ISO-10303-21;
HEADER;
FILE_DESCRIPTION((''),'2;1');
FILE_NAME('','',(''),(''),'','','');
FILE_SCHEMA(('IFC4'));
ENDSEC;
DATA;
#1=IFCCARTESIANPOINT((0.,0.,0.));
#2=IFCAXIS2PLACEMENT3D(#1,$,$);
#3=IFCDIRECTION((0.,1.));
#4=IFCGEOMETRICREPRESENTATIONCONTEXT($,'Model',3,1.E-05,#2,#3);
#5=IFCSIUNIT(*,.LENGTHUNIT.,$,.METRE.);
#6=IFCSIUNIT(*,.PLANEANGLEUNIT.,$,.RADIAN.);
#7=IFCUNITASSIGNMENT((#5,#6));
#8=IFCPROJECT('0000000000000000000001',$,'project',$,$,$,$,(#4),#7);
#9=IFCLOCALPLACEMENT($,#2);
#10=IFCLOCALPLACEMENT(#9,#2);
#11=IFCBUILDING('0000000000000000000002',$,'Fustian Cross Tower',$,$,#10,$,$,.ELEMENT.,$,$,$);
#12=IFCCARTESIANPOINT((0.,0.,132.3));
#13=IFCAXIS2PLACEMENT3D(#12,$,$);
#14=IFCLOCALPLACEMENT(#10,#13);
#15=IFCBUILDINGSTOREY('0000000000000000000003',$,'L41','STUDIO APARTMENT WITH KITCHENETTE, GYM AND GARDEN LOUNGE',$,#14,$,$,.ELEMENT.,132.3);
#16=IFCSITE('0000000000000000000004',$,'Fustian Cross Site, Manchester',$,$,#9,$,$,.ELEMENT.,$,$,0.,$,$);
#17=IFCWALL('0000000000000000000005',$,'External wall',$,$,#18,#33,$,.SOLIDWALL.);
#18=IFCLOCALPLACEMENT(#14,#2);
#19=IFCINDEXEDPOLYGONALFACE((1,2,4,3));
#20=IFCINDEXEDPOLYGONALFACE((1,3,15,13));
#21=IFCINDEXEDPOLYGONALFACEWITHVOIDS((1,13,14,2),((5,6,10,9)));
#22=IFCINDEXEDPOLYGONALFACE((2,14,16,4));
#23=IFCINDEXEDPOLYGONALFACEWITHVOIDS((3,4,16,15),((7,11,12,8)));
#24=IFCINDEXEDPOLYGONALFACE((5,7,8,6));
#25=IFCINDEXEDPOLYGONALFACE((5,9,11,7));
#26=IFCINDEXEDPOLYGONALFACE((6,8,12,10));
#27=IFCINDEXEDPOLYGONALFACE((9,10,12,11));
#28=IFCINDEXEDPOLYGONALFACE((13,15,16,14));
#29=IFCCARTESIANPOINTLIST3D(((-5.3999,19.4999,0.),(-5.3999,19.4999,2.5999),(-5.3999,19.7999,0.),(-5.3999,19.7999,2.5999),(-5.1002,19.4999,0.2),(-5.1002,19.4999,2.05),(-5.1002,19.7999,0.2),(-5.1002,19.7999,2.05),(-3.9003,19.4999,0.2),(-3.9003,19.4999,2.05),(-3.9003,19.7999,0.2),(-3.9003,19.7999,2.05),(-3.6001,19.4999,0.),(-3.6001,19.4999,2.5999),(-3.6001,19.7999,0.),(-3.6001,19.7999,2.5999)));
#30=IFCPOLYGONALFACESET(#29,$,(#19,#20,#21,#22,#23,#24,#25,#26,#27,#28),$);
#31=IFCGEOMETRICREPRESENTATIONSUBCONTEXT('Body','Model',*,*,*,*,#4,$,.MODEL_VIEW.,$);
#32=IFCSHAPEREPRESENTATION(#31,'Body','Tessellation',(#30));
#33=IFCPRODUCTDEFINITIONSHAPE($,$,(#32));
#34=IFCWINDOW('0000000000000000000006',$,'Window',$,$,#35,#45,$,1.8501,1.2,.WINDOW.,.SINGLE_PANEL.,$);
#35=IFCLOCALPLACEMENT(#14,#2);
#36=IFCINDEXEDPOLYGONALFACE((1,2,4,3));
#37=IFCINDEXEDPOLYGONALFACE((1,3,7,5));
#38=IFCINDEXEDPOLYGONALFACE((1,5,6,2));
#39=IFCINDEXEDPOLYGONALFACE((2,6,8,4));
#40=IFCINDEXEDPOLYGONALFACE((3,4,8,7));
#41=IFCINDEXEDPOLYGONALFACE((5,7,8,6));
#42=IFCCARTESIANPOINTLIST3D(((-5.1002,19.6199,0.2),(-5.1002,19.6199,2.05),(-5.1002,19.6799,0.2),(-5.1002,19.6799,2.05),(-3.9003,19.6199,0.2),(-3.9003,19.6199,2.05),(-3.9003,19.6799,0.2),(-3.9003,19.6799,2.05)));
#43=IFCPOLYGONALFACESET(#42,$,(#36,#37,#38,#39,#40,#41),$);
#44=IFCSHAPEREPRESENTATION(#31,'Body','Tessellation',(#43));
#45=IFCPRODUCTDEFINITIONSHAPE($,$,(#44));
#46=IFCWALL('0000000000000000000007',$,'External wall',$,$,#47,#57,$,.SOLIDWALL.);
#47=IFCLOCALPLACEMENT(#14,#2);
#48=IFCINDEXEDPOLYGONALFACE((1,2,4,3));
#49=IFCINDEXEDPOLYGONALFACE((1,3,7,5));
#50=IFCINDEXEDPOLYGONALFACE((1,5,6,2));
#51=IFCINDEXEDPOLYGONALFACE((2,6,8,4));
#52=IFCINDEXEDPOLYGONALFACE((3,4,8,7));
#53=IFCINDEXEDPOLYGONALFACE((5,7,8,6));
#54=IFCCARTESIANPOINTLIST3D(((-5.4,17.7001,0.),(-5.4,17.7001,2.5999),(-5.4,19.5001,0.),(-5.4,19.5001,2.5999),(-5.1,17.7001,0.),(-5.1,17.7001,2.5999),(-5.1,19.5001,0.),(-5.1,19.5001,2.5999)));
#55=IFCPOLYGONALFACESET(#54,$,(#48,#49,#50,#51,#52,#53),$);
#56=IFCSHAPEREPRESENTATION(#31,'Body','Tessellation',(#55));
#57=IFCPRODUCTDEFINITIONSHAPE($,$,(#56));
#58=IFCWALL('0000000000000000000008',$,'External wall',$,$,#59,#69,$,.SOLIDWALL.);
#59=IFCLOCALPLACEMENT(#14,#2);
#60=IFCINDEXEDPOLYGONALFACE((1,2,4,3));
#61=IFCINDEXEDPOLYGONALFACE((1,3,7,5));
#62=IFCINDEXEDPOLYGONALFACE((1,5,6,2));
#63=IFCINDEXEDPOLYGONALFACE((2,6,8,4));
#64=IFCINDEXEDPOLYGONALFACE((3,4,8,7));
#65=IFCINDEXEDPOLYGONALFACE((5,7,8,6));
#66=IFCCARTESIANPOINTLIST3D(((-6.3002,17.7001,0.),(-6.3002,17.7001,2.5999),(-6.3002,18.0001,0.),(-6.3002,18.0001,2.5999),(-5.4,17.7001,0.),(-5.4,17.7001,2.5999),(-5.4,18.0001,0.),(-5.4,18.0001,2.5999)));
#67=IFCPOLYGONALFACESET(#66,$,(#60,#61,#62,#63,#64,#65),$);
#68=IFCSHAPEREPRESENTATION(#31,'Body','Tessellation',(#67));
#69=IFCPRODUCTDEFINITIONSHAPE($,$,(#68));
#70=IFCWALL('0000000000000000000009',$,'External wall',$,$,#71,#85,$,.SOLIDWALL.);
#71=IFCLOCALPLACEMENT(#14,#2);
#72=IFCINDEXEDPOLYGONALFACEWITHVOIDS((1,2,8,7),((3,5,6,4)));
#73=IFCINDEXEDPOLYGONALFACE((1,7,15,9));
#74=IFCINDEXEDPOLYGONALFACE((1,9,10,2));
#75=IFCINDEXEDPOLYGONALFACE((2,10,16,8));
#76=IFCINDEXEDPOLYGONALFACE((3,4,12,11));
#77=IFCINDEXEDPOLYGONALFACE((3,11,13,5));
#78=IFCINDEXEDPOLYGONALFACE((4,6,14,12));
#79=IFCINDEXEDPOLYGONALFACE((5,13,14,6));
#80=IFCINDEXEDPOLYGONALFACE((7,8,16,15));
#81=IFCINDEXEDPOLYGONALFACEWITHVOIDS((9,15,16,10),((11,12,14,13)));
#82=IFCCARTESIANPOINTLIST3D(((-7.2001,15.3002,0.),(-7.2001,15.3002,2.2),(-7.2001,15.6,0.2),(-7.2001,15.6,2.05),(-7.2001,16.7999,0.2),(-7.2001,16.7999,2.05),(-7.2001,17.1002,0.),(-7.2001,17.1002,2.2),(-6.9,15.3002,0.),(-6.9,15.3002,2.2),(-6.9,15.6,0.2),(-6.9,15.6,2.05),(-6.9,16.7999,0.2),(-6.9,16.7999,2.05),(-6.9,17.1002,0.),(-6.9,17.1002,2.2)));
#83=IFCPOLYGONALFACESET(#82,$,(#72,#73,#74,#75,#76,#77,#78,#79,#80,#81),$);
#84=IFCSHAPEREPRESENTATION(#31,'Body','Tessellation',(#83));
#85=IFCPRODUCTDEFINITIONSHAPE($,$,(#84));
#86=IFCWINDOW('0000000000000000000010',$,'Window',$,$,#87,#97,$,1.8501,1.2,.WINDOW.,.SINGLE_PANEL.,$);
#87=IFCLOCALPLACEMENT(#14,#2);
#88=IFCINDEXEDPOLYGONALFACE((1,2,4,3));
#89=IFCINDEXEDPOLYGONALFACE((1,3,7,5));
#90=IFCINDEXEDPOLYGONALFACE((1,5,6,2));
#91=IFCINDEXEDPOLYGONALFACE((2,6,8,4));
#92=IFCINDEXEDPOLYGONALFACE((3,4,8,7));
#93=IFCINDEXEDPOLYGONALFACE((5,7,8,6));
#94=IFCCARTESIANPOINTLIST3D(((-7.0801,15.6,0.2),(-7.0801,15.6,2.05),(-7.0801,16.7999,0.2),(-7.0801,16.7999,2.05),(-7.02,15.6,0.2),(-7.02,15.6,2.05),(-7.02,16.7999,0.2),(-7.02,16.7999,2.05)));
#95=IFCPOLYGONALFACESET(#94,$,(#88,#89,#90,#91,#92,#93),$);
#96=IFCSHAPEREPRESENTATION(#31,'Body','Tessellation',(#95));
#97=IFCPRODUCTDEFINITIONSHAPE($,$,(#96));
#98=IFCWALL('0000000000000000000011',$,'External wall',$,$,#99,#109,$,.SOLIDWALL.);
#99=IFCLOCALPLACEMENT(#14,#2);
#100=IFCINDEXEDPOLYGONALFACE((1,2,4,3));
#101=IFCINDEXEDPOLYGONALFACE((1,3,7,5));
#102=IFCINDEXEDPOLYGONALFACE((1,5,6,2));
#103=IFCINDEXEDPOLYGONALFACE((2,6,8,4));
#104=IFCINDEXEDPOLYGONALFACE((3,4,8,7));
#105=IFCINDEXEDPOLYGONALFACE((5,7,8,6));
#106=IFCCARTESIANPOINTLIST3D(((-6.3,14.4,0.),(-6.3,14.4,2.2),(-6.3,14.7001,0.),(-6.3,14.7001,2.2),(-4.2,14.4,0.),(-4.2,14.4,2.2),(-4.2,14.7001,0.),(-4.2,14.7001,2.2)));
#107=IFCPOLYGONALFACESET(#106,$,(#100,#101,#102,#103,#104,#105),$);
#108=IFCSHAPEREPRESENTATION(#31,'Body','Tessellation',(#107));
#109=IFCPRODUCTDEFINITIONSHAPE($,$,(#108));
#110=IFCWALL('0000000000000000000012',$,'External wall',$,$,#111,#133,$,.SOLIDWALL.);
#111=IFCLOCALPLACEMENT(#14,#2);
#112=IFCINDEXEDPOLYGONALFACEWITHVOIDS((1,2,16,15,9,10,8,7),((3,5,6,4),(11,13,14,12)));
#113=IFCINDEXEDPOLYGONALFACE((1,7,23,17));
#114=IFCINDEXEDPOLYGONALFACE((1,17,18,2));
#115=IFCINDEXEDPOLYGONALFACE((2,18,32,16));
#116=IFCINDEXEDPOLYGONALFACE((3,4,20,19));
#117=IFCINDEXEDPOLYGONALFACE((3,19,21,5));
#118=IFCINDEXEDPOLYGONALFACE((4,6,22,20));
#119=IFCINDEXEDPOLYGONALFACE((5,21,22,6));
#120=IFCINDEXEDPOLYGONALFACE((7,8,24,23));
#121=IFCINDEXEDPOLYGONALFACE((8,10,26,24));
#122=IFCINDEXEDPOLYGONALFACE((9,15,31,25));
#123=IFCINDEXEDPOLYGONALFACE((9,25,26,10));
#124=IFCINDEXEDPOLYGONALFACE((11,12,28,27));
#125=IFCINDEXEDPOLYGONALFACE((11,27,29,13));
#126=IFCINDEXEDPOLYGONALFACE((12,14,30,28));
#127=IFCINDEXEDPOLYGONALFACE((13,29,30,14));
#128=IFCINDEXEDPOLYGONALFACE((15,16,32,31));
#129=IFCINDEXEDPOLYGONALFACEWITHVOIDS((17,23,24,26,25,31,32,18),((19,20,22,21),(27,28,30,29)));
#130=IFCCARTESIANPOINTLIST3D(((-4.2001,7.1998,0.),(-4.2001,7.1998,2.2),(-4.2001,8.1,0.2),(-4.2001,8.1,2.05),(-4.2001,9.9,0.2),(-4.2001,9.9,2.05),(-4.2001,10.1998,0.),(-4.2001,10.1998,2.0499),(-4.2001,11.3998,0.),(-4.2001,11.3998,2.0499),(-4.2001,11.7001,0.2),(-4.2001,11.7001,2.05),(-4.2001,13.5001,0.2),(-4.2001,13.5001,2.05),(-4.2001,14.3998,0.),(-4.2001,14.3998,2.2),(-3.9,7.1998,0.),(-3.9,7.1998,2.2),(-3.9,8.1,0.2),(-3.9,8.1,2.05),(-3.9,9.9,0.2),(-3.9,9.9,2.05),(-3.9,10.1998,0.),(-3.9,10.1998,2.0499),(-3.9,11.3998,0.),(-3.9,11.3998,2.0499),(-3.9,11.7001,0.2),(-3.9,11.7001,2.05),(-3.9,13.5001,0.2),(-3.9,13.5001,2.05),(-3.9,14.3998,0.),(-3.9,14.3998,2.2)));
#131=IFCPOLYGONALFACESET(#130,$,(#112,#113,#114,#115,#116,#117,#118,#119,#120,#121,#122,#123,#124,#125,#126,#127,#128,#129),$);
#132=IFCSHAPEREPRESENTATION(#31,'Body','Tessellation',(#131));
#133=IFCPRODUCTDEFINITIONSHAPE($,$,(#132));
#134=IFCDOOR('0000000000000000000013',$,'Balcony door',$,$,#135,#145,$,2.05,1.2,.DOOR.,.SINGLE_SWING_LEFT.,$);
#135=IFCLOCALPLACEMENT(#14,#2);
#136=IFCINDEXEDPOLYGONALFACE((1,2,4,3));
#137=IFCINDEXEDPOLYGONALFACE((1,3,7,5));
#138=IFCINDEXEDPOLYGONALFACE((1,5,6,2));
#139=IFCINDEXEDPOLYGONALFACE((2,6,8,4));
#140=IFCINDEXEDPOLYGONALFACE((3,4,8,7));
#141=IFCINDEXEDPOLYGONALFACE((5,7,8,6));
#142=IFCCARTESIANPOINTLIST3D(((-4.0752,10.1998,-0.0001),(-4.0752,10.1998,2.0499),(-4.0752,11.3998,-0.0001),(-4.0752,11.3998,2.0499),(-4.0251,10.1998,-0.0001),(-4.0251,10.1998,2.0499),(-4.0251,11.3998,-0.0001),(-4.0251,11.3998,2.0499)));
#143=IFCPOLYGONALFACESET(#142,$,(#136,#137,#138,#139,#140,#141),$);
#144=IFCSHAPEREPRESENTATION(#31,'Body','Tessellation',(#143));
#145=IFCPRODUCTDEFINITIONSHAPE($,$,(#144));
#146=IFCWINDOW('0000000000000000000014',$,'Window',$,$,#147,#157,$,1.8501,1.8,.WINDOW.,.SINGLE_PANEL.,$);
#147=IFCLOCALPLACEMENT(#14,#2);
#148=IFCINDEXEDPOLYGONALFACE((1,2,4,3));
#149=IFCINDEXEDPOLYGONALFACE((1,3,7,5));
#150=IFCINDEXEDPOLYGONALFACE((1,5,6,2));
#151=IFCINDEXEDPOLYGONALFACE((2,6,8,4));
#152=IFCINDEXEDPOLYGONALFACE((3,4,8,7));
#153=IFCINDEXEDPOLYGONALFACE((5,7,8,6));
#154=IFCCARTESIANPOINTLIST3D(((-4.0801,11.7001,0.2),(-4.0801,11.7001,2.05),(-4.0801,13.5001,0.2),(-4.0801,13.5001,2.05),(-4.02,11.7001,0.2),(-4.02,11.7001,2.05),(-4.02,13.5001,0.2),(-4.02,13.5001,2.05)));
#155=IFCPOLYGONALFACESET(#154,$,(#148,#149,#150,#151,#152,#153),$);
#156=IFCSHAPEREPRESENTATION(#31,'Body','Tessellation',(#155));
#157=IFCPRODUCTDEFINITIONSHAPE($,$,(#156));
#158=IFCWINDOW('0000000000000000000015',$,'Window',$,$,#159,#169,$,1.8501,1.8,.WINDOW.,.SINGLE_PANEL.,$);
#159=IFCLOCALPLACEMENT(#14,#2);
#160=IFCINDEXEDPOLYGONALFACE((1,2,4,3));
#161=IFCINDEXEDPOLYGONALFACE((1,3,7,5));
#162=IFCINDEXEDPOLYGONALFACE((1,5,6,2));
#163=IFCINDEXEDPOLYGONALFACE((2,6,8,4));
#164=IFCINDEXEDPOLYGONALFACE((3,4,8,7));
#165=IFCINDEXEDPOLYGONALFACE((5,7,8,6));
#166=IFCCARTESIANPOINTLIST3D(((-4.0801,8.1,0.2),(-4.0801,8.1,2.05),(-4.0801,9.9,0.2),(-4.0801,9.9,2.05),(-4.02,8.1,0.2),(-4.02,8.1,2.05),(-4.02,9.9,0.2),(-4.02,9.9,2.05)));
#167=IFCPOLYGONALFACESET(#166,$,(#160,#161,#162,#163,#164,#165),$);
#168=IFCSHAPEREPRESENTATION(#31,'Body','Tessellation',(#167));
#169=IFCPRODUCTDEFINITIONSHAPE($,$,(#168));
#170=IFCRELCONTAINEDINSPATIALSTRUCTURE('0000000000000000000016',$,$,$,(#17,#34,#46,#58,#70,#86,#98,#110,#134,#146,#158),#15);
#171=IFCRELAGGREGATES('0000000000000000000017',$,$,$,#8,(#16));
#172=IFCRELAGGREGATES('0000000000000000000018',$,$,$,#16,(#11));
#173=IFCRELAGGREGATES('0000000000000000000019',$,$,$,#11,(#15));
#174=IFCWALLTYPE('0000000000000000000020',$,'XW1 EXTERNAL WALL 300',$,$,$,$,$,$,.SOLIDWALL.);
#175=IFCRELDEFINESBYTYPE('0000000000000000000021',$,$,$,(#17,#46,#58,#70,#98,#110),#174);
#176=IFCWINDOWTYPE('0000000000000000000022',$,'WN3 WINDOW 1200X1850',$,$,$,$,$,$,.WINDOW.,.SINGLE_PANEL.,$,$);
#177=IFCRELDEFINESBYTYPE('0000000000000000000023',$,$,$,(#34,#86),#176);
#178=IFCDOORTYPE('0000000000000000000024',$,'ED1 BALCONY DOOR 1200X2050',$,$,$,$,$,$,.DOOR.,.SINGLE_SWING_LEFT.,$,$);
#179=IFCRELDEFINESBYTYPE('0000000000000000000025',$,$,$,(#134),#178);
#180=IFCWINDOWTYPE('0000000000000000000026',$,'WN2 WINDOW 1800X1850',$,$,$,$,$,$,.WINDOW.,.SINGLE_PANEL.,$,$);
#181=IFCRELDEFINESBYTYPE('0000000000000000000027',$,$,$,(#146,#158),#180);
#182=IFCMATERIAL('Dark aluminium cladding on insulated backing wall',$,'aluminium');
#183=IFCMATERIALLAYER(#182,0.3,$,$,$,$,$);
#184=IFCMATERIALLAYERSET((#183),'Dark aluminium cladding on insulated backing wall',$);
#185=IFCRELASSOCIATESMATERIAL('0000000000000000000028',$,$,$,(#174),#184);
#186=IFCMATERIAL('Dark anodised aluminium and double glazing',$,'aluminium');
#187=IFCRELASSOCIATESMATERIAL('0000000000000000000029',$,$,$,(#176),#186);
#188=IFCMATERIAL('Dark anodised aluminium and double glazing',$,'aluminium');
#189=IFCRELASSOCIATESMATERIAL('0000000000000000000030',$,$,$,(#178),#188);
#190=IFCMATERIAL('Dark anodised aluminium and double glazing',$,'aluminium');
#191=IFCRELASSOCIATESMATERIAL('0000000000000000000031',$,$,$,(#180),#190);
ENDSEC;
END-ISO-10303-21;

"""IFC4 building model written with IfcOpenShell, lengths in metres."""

from ifc_helpers import new_model, si_unit, direction, frame, frame_2d, origin, place, context, subcontext, project, spatial, rectangle, extrude, material, layer, layer_set, type_object, element, fill, save


model = new_model("IFC4")

# Units and contexts
model_context = context("Model", 3, precision=1e-05, world=origin(), true_north=direction((0.0, 1.0)))
body_context = subcontext(model_context, "Body", "Model", "MODEL_VIEW")
ifc_project = project(units=[si_unit("LENGTHUNIT", "METRE"), si_unit("PLANEANGLEUNIT", "RADIAN")], contexts=[model_context])

# Site, building, storey
site_placement = place(None, origin())
site = spatial("IfcSite", under=ifc_project, at=site_placement, Name="Fustian Cross Site, Manchester", CompositionType="ELEMENT", RefElevation=0.0)
building_placement = place(site_placement, origin())
building = spatial("IfcBuilding", under=site, at=building_placement, Name="Fustian Cross Tower", CompositionType="ELEMENT")
storey_placement = place(building_placement, frame((0.0, 0.0, 132.3)))
storey = spatial("IfcBuildingStorey", under=building, at=storey_placement, Name="L41", Description="STUDIO APARTMENT WITH KITCHENETTE, GYM AND GARDEN LOUNGE", CompositionType="ELEMENT", Elevation=132.3)

# Shared definitions
ifc_material_1 = material(Name="Dark aluminium cladding on insulated backing wall", Category="aluminium")
ifc_layer_1 = layer(ifc_material_1, 0.3)
ifc_layer_set_1 = layer_set([ifc_layer_1], Name="Dark aluminium cladding on insulated backing wall")
wall_type_1 = type_object("IfcWallType", Name="XW1 EXTERNAL WALL 300", PredefinedType="SOLIDWALL", material=ifc_layer_set_1)

# Wall, opening, window
wall_1_placement = place(storey_placement, frame((-3.6001, 19.6499, 0.0), z_axis=(0.0, 0.0, 1.0), x_axis=(-1.0, 0.0, 0.0)))
wall_1 = element("IfcWall", 1, at=wall_1_placement, inside=storey, type_object=wall_type_1, Name="External wall", PredefinedType="SOLIDWALL", context=body_context, shape_type="SweptSolid", body=[
    extrude(rectangle(XDim=1.7998, YDim=0.3, at=frame_2d((0.8999, 0.0))), origin(), (0.0, 0.0, 1.0), 2.5999),
])
opening_1_placement = place(wall_1_placement, frame((0.3, 0.0, 0.2)))
opening_1 = element("IfcOpeningElement", 2, at=opening_1_placement, cuts=wall_1, PredefinedType="OPENING", context=body_context, shape_type="SweptSolid", body=[
    extrude(rectangle(XDim=1.2, YDim=1.8501, at=frame_2d((0.6001, 0.925))), frame((0.0, 0.1599, 0.0), z_axis=(0.0, -1.0, 0.0), x_axis=(1.0, 0.0, 0.0)), (0.0, 0.0, 1.0), 0.3201),
])
ifc_material_2 = material(Name="Dark anodised aluminium and double glazing", Category="aluminium")
window_type_1 = type_object("IfcWindowType", Name="WN3 WINDOW 1200X1850", PartitioningType="SINGLE_PANEL", PredefinedType="WINDOW", material=ifc_material_2)
window_1_placement = place(opening_1_placement, origin())
window_1 = element("IfcWindow", 3, at=window_1_placement, inside=storey, type_object=window_type_1, Name="Window", OverallHeight=1.8501, OverallWidth=1.2, PartitioningType="SINGLE_PANEL", PredefinedType="WINDOW", context=body_context, shape_type="SweptSolid", body=[
    extrude(rectangle(XDim=1.2, YDim=1.8501, at=frame_2d((0.6001, 0.925))), frame((0.0, 0.03, 0.0), z_axis=(0.0, -1.0, 0.0), x_axis=(1.0, 0.0, 0.0)), (0.0, 0.0, 1.0), 0.0601),
])
fill(opening_1, window_1)

# Walls
wall_2_placement = place(storey_placement, frame((-5.25, 19.5, 0.0), z_axis=(0.0, 0.0, 1.0), x_axis=(0.0, -1.0, 0.0)))
element("IfcWall", 4, at=wall_2_placement, inside=storey, type_object=wall_type_1, Name="External wall", PredefinedType="SOLIDWALL", context=body_context, shape_type="SweptSolid", body=[
    extrude(rectangle(XDim=1.8, YDim=0.3, at=frame_2d((0.8999, 0.0))), origin(), (0.0, 0.0, 1.0), 2.5999),
])
wall_3_placement = place(storey_placement, frame((-5.3999, 17.8501, 0.0), z_axis=(0.0, 0.0, 1.0), x_axis=(-1.0, 0.0, 0.0)))
element("IfcWall", 5, at=wall_3_placement, inside=storey, type_object=wall_type_1, Name="External wall", PredefinedType="SOLIDWALL", context=body_context, shape_type="SweptSolid", body=[
    extrude(rectangle(XDim=0.9001, YDim=0.3, at=frame_2d((0.4502, 0.0))), origin(), (0.0, 0.0, 1.0), 2.5999),
])

# Wall, opening, window
wall_4_placement = place(storey_placement, frame((-7.05, 17.1001, 0.0), z_axis=(0.0, 0.0, 1.0), x_axis=(0.0, -1.0, 0.0)))
wall_4 = element("IfcWall", 6, at=wall_4_placement, inside=storey, type_object=wall_type_1, Name="External wall", PredefinedType="SOLIDWALL", context=body_context, shape_type="SweptSolid", body=[
    extrude(rectangle(XDim=1.8, YDim=0.3, at=frame_2d((0.8999, 0.0))), origin(), (0.0, 0.0, 1.0), 2.2),
])
opening_2_placement = place(wall_4_placement, frame((0.3, 0.0, 0.2)))
opening_2 = element("IfcOpeningElement", 7, at=opening_2_placement, cuts=wall_4, PredefinedType="OPENING", context=body_context, shape_type="SweptSolid", body=[
    extrude(rectangle(XDim=1.2, YDim=1.8501, at=frame_2d((0.6001, 0.925))), frame((0.0, 0.1599, 0.0), z_axis=(0.0, -1.0, 0.0), x_axis=(1.0, 0.0, 0.0)), (0.0, 0.0, 1.0), 0.3201),
])
window_2_placement = place(opening_2_placement, origin())
window_2 = element("IfcWindow", 8, at=window_2_placement, inside=storey, type_object=window_type_1, Name="Window", OverallHeight=1.8501, OverallWidth=1.2, PartitioningType="SINGLE_PANEL", PredefinedType="WINDOW", context=body_context, shape_type="SweptSolid", body=[
    extrude(rectangle(XDim=1.2, YDim=1.8501, at=frame_2d((0.6001, 0.925))), frame((0.0, 0.03, 0.0), z_axis=(0.0, -1.0, 0.0), x_axis=(1.0, 0.0, 0.0)), (0.0, 0.0, 1.0), 0.0601),
])
fill(opening_2, window_2)

# Wall
wall_5_placement = place(storey_placement, frame((-6.3, 14.55, 0.0), z_axis=(0.0, 0.0, 1.0), x_axis=(1.0, 0.0, 0.0)))
element("IfcWall", 9, at=wall_5_placement, inside=storey, type_object=wall_type_1, Name="External wall", PredefinedType="SOLIDWALL", context=body_context, shape_type="SweptSolid", body=[
    extrude(rectangle(XDim=2.1001, YDim=0.3, at=frame_2d((1.05, 0.0))), origin(), (0.0, 0.0, 1.0), 2.2),
])

# Wall, openings, door, windows
wall_6_placement = place(storey_placement, frame((-4.05, 14.3999, 0.0), z_axis=(0.0, 0.0, 1.0), x_axis=(0.0, -1.0, 0.0)))
wall_6 = element("IfcWall", 10, at=wall_6_placement, inside=storey, type_object=wall_type_1, Name="External wall", PredefinedType="SOLIDWALL", context=body_context, shape_type="SweptSolid", body=[
    extrude(rectangle(XDim=7.2, YDim=0.3, at=frame_2d((3.6001, 0.0))), origin(), (0.0, 0.0, 1.0), 2.2),
])
opening_3_placement = place(wall_6_placement, frame((3.0, 0.0, 0.0)))
opening_3 = element("IfcOpeningElement", 11, at=opening_3_placement, cuts=wall_6, PredefinedType="OPENING", context=body_context, shape_type="SweptSolid", body=[
    extrude(rectangle(XDim=1.2, YDim=2.05, at=frame_2d((0.6001, 1.0249))), frame((0.0, 0.1599, 0.0), z_axis=(0.0, -1.0, 0.0), x_axis=(1.0, 0.0, 0.0)), (0.0, 0.0, 1.0), 0.3201),
])
opening_4_placement = place(wall_6_placement, frame((0.8999, 0.0, 0.2)))
opening_4 = element("IfcOpeningElement", 12, at=opening_4_placement, cuts=wall_6, PredefinedType="OPENING", context=body_context, shape_type="SweptSolid", body=[
    extrude(rectangle(XDim=1.8, YDim=1.8501, at=frame_2d((0.8999, 0.925))), frame((0.0, 0.1599, 0.0), z_axis=(0.0, -1.0, 0.0), x_axis=(1.0, 0.0, 0.0)), (0.0, 0.0, 1.0), 0.3201),
])
opening_5_placement = place(wall_6_placement, frame((4.5, 0.0, 0.2)))
opening_5 = element("IfcOpeningElement", 13, at=opening_5_placement, cuts=wall_6, PredefinedType="OPENING", context=body_context, shape_type="SweptSolid", body=[
    extrude(rectangle(XDim=1.8, YDim=1.8501, at=frame_2d((0.8999, 0.925))), frame((0.0, 0.1599, 0.0), z_axis=(0.0, -1.0, 0.0), x_axis=(1.0, 0.0, 0.0)), (0.0, 0.0, 1.0), 0.3201),
])
ifc_material_3 = material(Name="Dark anodised aluminium and double glazing", Category="aluminium")
door_type_1 = type_object("IfcDoorType", Name="ED1 BALCONY DOOR 1200X2050", OperationType="SINGLE_SWING_LEFT", PredefinedType="DOOR", material=ifc_material_3)
door_1_placement = place(opening_3_placement, origin())
door_1 = element("IfcDoor", 14, at=door_1_placement, inside=storey, type_object=door_type_1, Name="Balcony door", OperationType="SINGLE_SWING_LEFT", OverallHeight=2.05, OverallWidth=1.2, PredefinedType="DOOR", context=body_context, shape_type="SweptSolid", body=[
    extrude(rectangle(XDim=1.2, YDim=2.05, at=frame_2d((0.6001, 1.0249))), frame((0.0, 0.0249, 0.0), z_axis=(0.0, -1.0, 0.0), x_axis=(1.0, 0.0, 0.0)), (0.0, 0.0, 1.0), 0.05),
])
fill(opening_3, door_1)
ifc_material_4 = material(Name="Dark anodised aluminium and double glazing", Category="aluminium")
window_type_2 = type_object("IfcWindowType", Name="WN2 WINDOW 1800X1850", PartitioningType="SINGLE_PANEL", PredefinedType="WINDOW", material=ifc_material_4)
window_3_placement = place(opening_4_placement, origin())
window_3 = element("IfcWindow", 15, at=window_3_placement, inside=storey, type_object=window_type_2, Name="Window", OverallHeight=1.8501, OverallWidth=1.8, PartitioningType="SINGLE_PANEL", PredefinedType="WINDOW", context=body_context, shape_type="SweptSolid", body=[
    extrude(rectangle(XDim=1.8, YDim=1.8501, at=frame_2d((0.8999, 0.925))), frame((0.0, 0.03, 0.0), z_axis=(0.0, -1.0, 0.0), x_axis=(1.0, 0.0, 0.0)), (0.0, 0.0, 1.0), 0.0601),
])
fill(opening_4, window_3)
window_4_placement = place(opening_5_placement, origin())
window_4 = element("IfcWindow", 16, at=window_4_placement, inside=storey, type_object=window_type_2, Name="Window", OverallHeight=1.8501, OverallWidth=1.8, PartitioningType="SINGLE_PANEL", PredefinedType="WINDOW", context=body_context, shape_type="SweptSolid", body=[
    extrude(rectangle(XDim=1.8, YDim=1.8501, at=frame_2d((0.8999, 0.925))), frame((0.0, 0.03, 0.0), z_axis=(0.0, -1.0, 0.0), x_axis=(1.0, 0.0, 0.0)), (0.0, 0.0, 1.0), 0.0601),
])
fill(opening_5, window_4)

save(model, "model.ifc")
